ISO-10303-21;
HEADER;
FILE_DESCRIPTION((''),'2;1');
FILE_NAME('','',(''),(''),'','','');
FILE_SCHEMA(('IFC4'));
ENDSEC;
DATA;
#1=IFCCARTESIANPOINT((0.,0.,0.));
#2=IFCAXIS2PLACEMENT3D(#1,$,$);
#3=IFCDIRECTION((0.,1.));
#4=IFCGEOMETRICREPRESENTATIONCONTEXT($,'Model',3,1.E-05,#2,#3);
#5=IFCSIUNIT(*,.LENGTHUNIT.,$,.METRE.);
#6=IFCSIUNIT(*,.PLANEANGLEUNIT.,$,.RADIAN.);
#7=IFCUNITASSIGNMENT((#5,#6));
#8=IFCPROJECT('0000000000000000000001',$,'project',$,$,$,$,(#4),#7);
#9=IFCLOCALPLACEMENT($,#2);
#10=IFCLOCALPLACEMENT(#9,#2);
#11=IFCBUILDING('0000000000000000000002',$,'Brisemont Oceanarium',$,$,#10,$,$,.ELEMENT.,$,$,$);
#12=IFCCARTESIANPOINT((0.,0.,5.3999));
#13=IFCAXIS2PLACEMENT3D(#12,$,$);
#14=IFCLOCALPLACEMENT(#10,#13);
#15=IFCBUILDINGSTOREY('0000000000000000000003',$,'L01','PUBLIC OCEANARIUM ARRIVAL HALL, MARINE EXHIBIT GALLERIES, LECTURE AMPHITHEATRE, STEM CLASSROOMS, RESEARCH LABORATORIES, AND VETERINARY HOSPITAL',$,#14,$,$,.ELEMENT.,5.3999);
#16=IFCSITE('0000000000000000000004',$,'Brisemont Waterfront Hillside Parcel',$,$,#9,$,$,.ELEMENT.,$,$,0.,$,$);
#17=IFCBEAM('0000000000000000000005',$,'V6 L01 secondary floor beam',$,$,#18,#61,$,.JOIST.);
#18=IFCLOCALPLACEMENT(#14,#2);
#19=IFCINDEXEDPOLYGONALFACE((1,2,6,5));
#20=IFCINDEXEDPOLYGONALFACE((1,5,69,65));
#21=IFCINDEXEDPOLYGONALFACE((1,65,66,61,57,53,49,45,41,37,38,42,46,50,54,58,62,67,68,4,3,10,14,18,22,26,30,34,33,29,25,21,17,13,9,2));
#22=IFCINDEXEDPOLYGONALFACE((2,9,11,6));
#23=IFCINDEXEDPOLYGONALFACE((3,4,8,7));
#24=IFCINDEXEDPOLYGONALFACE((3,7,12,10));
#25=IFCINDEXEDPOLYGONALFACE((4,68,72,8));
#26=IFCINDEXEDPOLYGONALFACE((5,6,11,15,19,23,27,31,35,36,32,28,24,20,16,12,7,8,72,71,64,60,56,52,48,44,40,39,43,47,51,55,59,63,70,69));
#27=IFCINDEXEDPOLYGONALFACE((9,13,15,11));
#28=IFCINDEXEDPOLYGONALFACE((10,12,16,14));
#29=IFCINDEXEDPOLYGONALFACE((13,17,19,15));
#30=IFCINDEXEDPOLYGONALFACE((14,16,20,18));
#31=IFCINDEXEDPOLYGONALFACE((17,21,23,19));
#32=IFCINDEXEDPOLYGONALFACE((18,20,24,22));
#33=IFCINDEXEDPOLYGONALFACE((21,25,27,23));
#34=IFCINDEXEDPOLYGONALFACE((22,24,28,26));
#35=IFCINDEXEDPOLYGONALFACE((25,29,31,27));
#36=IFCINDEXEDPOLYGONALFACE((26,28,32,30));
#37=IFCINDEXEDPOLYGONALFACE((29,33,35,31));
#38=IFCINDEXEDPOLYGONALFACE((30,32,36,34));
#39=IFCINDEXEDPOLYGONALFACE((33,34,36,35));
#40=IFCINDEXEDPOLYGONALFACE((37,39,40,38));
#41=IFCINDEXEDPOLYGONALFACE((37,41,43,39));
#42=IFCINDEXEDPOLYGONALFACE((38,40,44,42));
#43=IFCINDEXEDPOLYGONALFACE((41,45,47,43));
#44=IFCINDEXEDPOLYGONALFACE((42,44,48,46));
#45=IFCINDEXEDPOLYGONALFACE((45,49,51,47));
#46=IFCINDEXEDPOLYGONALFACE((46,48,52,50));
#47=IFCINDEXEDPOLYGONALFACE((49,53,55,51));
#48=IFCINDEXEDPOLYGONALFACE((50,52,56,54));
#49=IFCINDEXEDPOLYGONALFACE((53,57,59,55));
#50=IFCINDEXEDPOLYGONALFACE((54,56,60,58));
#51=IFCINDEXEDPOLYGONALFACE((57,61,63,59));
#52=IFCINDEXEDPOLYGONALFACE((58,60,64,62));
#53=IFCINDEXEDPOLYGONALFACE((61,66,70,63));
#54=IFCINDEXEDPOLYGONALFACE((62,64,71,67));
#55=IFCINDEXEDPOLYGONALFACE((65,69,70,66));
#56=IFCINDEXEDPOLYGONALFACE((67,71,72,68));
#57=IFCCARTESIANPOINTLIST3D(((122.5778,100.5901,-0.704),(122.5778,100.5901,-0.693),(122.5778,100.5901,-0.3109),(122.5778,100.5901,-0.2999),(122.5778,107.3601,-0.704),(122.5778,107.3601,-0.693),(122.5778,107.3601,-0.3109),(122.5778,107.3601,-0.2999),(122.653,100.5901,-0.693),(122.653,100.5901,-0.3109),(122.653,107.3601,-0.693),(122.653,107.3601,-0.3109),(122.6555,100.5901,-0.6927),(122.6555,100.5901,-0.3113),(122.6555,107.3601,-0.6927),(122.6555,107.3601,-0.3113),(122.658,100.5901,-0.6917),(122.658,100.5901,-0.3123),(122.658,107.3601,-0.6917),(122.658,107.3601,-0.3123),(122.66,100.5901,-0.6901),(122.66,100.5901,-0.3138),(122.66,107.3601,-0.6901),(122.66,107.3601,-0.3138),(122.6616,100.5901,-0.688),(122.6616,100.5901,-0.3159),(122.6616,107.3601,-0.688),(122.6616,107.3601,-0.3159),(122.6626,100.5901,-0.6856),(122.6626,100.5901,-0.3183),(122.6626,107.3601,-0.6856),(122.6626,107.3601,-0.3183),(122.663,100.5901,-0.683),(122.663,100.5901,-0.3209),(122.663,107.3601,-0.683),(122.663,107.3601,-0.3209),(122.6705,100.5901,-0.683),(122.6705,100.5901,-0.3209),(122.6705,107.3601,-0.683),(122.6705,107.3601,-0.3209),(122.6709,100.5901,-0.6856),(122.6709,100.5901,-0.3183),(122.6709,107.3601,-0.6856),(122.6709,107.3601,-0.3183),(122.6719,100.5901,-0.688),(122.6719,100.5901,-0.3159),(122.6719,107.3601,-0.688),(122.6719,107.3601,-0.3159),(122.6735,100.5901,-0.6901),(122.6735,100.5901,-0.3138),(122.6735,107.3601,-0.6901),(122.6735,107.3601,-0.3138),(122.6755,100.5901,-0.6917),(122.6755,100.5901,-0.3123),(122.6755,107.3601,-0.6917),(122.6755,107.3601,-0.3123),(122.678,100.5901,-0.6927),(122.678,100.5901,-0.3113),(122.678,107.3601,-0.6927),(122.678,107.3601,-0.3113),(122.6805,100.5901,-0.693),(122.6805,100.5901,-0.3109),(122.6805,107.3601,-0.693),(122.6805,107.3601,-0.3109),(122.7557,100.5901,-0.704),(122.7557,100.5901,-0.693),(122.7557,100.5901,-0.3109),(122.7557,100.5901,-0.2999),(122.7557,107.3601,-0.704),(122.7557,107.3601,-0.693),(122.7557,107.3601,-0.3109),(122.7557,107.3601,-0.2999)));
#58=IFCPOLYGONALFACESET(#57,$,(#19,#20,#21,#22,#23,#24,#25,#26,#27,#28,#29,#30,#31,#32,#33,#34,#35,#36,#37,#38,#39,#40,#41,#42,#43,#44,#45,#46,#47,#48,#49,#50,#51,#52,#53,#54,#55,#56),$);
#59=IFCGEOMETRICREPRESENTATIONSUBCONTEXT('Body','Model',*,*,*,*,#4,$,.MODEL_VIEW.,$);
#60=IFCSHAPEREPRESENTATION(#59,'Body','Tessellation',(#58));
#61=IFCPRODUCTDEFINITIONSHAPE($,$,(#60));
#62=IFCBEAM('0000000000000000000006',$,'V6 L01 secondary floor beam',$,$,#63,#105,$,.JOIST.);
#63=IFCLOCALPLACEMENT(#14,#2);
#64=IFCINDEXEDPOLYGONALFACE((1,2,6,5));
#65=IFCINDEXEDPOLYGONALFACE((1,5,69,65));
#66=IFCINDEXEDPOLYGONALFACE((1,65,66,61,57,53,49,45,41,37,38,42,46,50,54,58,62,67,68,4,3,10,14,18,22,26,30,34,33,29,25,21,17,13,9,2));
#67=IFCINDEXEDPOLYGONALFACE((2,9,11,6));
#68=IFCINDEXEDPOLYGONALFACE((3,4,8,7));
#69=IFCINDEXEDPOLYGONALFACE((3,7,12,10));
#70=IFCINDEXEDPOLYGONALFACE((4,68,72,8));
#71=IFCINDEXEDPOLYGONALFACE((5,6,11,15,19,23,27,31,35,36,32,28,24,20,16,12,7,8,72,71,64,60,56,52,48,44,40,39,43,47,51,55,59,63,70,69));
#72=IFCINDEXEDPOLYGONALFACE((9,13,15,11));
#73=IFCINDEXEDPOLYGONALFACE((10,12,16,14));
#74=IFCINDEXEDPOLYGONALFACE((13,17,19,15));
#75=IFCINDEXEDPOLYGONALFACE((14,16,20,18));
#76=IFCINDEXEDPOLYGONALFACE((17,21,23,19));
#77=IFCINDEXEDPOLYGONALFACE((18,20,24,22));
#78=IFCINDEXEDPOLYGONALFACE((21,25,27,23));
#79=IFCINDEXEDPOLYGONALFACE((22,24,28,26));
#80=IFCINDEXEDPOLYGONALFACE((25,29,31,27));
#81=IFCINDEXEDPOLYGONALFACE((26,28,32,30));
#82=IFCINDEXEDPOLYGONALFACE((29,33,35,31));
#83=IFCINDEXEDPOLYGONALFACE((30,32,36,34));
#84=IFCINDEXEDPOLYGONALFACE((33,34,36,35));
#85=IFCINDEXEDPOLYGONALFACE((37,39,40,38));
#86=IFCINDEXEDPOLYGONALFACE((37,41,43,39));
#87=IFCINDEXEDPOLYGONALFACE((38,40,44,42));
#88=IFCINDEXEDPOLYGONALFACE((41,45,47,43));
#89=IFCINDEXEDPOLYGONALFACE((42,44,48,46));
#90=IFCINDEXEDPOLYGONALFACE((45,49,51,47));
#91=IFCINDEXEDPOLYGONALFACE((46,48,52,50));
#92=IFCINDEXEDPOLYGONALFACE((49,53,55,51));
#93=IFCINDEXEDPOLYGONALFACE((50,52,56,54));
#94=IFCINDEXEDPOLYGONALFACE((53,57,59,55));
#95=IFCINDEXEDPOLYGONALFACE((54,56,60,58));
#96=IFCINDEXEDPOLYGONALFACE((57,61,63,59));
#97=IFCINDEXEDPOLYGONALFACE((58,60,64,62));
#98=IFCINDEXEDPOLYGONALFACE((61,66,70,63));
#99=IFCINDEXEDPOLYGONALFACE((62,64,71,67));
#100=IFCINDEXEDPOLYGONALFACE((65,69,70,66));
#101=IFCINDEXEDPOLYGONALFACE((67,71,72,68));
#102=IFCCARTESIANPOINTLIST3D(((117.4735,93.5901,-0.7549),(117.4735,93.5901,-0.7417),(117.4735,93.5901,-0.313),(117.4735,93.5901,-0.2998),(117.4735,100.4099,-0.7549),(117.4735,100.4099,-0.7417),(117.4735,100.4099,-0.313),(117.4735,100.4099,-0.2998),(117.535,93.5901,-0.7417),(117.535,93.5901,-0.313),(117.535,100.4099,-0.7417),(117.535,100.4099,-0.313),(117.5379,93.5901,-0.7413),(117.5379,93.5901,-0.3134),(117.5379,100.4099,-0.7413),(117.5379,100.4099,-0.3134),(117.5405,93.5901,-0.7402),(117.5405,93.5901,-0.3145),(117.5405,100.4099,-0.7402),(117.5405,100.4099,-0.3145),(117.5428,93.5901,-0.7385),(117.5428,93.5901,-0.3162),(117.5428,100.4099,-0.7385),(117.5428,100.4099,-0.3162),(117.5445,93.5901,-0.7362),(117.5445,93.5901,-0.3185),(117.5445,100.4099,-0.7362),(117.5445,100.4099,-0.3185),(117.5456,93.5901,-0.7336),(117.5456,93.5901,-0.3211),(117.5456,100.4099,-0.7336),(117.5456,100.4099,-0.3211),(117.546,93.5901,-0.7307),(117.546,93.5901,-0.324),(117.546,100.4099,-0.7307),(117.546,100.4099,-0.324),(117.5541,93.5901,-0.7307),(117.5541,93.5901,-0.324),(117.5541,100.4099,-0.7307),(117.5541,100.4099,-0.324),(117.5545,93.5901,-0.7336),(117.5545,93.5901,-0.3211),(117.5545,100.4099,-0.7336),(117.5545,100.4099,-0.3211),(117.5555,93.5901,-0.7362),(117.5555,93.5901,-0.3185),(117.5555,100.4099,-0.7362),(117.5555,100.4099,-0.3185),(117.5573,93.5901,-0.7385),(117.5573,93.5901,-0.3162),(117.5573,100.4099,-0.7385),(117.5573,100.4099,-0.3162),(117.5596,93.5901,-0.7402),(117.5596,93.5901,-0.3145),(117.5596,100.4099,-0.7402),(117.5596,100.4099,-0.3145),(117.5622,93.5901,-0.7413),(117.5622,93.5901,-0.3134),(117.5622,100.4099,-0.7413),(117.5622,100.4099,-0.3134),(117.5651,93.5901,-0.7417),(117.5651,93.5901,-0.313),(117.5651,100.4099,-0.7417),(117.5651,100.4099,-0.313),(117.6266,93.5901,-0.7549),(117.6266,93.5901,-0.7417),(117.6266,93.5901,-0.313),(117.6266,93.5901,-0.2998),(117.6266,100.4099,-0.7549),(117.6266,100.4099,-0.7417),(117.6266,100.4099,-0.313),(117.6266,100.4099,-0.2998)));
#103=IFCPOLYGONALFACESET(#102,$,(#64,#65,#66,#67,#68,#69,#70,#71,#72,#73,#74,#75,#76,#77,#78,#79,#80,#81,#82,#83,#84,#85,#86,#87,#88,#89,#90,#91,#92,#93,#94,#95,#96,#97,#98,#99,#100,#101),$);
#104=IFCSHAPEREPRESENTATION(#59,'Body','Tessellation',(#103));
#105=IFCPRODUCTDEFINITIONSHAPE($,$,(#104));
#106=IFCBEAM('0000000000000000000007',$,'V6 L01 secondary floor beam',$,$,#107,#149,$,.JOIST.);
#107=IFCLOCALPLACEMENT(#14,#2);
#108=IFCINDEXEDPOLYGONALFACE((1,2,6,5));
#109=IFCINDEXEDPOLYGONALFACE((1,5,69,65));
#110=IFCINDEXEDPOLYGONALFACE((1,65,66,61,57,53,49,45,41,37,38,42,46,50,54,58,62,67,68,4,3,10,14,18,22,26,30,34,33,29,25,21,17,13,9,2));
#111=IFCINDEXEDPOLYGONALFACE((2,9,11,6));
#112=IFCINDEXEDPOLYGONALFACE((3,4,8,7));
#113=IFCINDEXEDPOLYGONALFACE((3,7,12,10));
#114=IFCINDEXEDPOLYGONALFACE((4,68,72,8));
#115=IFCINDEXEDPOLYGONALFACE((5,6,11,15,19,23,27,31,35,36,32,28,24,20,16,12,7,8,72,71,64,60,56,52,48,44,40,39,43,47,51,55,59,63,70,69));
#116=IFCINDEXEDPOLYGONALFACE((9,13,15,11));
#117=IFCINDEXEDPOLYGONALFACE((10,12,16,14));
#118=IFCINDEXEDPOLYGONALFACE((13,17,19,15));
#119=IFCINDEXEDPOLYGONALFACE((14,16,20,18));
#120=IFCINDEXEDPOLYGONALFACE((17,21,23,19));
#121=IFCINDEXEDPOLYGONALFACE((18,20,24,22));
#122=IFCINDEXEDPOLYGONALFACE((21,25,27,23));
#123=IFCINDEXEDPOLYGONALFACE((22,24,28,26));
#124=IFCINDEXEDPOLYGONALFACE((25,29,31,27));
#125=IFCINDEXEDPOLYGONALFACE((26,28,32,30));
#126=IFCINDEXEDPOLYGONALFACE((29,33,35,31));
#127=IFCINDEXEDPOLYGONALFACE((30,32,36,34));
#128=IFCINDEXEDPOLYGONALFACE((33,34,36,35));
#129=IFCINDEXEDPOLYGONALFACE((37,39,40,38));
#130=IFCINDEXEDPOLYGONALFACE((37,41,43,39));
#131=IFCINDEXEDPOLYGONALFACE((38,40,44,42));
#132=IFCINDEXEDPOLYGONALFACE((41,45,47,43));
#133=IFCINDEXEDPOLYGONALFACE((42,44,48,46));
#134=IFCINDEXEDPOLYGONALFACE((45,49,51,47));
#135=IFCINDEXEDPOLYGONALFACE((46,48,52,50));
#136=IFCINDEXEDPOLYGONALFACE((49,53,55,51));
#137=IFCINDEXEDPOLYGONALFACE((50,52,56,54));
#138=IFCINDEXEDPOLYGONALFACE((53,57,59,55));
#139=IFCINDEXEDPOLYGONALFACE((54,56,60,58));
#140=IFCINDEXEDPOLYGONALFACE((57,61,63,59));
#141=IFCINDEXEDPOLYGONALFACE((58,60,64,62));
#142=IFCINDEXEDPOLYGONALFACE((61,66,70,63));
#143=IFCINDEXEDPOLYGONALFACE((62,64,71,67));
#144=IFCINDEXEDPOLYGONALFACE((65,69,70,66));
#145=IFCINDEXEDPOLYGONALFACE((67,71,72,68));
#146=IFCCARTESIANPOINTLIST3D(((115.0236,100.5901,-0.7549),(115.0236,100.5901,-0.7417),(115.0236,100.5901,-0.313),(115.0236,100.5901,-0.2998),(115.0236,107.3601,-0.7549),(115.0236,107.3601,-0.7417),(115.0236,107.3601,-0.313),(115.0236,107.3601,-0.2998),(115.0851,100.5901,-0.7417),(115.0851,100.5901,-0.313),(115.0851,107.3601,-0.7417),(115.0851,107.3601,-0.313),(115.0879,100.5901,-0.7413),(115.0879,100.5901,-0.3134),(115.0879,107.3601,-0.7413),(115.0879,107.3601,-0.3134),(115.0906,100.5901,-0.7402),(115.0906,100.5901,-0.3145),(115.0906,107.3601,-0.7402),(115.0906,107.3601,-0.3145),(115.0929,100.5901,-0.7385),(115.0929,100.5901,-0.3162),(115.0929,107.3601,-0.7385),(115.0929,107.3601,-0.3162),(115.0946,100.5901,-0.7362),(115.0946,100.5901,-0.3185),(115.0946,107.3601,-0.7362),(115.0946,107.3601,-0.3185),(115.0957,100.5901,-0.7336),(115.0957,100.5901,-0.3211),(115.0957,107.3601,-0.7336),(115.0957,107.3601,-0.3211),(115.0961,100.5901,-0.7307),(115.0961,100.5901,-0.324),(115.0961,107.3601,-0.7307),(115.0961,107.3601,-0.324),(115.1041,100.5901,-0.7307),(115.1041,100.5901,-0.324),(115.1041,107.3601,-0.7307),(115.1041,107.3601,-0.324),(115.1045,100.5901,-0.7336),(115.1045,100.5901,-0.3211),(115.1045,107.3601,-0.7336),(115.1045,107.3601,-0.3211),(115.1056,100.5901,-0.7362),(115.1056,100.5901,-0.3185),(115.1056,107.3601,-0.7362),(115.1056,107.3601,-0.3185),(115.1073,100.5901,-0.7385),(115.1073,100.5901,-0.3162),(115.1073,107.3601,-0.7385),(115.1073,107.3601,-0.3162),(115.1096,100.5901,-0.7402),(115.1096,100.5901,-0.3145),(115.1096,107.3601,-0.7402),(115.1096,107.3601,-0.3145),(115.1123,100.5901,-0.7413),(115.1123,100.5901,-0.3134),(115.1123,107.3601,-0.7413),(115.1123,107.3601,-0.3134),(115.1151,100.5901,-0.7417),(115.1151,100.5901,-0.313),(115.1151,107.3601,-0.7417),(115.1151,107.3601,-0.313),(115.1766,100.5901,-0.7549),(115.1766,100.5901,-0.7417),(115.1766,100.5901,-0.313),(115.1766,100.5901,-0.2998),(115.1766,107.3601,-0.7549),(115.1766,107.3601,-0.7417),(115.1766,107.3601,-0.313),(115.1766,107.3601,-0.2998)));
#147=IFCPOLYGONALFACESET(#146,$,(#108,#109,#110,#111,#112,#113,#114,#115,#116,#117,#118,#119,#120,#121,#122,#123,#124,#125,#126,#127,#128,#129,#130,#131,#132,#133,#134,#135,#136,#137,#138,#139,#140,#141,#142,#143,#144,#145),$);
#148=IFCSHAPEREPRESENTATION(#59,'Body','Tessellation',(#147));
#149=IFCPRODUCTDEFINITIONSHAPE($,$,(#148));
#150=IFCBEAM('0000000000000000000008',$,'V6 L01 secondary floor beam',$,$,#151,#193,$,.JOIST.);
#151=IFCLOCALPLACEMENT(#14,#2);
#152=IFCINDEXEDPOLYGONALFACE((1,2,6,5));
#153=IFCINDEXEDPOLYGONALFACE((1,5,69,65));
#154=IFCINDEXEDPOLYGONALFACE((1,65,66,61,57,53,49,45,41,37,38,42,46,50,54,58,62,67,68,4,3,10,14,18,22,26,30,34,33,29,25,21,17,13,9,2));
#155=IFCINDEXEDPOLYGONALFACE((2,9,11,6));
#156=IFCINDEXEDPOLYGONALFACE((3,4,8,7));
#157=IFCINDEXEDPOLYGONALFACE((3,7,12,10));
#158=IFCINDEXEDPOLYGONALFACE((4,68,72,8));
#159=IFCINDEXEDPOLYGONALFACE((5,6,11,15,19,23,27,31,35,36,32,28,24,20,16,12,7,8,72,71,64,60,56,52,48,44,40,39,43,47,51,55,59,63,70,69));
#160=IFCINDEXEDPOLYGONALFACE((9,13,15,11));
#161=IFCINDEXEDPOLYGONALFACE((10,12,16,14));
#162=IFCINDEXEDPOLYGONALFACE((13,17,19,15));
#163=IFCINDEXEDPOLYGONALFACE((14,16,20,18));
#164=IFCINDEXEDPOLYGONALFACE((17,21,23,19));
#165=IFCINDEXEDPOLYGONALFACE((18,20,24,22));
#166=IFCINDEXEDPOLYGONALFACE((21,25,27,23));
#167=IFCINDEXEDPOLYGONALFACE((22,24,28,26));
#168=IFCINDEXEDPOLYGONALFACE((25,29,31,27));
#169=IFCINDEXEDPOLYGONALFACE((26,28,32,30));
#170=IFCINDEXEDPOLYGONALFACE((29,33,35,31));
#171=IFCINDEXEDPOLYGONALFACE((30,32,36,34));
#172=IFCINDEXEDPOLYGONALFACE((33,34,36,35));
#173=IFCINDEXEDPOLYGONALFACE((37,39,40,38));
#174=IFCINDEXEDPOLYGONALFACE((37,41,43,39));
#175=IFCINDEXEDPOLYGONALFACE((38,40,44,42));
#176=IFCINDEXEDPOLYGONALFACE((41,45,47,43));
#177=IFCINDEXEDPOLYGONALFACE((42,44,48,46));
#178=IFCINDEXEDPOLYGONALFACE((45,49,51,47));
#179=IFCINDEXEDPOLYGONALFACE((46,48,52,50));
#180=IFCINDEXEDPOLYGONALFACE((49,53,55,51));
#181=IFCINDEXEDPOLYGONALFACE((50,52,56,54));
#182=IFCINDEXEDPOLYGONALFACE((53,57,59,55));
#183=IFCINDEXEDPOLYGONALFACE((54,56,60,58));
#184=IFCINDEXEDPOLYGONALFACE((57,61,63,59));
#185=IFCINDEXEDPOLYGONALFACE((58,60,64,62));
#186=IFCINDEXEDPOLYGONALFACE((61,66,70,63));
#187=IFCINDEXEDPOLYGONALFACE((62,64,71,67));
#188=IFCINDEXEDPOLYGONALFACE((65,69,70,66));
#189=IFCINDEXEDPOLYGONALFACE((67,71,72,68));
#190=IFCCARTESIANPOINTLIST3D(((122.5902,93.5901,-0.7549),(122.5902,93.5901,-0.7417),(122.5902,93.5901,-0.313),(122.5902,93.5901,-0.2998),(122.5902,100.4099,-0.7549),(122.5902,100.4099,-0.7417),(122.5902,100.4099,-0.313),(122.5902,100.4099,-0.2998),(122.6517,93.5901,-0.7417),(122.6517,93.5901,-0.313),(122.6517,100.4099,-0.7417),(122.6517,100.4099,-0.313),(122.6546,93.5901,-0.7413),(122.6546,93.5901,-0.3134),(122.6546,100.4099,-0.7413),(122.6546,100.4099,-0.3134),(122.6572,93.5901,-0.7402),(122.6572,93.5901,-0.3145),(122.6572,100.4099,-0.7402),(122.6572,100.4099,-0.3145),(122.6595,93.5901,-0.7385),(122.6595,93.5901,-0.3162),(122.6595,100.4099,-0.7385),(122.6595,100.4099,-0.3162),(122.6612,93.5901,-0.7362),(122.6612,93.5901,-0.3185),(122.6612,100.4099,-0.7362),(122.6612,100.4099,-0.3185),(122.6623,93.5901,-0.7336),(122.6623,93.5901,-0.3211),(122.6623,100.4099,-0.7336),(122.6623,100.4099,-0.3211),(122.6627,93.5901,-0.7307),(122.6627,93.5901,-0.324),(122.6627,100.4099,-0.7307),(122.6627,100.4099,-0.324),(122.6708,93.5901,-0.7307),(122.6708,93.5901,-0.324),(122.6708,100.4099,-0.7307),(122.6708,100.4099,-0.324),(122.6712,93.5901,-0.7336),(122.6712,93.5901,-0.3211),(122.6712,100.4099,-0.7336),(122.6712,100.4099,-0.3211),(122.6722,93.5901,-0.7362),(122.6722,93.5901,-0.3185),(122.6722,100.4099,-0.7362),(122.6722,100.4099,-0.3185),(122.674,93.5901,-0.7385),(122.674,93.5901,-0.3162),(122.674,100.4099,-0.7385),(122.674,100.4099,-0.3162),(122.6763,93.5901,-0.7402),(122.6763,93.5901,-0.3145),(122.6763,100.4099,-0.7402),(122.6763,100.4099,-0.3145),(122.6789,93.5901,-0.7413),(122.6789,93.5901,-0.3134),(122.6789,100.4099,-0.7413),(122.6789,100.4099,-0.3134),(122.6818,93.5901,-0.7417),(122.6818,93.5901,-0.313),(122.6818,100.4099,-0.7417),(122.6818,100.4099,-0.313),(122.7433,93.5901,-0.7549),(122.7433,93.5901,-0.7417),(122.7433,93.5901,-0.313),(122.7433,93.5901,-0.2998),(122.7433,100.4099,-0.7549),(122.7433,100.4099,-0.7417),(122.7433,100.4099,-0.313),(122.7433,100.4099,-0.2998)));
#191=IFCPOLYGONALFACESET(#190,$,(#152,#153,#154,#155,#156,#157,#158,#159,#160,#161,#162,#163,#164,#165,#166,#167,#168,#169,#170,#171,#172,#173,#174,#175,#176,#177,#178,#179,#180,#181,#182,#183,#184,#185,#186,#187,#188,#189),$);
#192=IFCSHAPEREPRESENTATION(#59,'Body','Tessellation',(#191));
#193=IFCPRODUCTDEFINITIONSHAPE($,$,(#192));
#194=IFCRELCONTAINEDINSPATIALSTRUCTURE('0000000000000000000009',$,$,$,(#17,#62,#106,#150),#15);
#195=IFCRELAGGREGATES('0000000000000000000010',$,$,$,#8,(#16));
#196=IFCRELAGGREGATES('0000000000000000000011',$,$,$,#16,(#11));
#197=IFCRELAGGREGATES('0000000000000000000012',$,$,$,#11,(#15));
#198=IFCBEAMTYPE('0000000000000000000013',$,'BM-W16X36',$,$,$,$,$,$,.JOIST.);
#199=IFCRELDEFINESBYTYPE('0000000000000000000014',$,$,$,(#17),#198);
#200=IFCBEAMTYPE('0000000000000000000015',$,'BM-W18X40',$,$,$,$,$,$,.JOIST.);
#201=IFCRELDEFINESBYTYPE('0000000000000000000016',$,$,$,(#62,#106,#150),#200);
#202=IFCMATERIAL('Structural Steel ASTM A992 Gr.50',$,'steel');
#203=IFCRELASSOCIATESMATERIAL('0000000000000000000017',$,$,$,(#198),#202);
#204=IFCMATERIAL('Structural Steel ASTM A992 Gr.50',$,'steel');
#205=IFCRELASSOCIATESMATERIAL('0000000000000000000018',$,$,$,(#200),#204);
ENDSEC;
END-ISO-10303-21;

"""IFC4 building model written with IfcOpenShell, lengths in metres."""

from ifc_helpers import new_model, si_unit, direction, frame, origin, origin_2d, place, context, subcontext, project, spatial, i_section, extrude, material, material_profile, profile_set, type_object, element, save


model = new_model("IFC4")

# Units and contexts
model_context = context("Model", 3, precision=1e-05, world=origin(), true_north=direction((0.0, 1.0)))
body_context = subcontext(model_context, "Body", "Model", "MODEL_VIEW")
ifc_project = project(units=[si_unit("LENGTHUNIT", "METRE"), si_unit("PLANEANGLEUNIT", "RADIAN")], contexts=[model_context])

# Site, building, storey
site_placement = place(None, origin())
site = spatial("IfcSite", under=ifc_project, at=site_placement, Name="Brisemont Waterfront Hillside Parcel", CompositionType="ELEMENT", RefElevation=0.0)
building_placement = place(site_placement, origin())
building = spatial("IfcBuilding", under=site, at=building_placement, Name="Brisemont Oceanarium", CompositionType="ELEMENT")
storey_placement = place(building_placement, frame((0.0, 0.0, 5.3999)))
storey = spatial("IfcBuildingStorey", under=building, at=storey_placement, Name="L01", Description="PUBLIC OCEANARIUM ARRIVAL HALL, MARINE EXHIBIT GALLERIES, LECTURE AMPHITHEATRE, STEM CLASSROOMS, RESEARCH LABORATORIES, AND VETERINARY HOSPITAL", CompositionType="ELEMENT", Elevation=5.3999)

# Beams
ifc_material_1 = material(Name="Structural Steel ASTM A992 Gr.50", Category="steel")
ifc_material_profile_1 = material_profile(ifc_material_1, i_section(OverallWidth=0.178, OverallDepth=0.4041, WebThickness=0.0076, FlangeThickness=0.011, FilletRadius=0.01, at=origin_2d()), Name="W16X36")
ifc_profile_set_1 = profile_set([ifc_material_profile_1], Name="Structural Steel ASTM A992 Gr.50")
beam_type_1 = type_object("IfcBeamType", Name="BM-W16X36", PredefinedType="JOIST", material=ifc_profile_set_1)
for number, where, z_axis, x_axis, name in (
    (1, (122.6667, 100.5901, -0.502), (0.0, 1.0, 0.0), (-1.0, 0.0, 0.0), "V6 L01 secondary floor beam"),
):
    element("IfcBeam", number, at=place(storey_placement, frame(where, z_axis=z_axis, x_axis=x_axis)), inside=storey, type_object=beam_type_1, Name=name, PredefinedType="JOIST", context=body_context, shape_type="SweptSolid", body=[
        extrude(i_section(OverallWidth=0.178, OverallDepth=0.4041, WebThickness=0.0076, FlangeThickness=0.011, FilletRadius=0.01, at=origin_2d()), origin(), (0.0, 0.0, 1.0), 6.77),
    ])
ifc_material_2 = material(Name="Structural Steel ASTM A992 Gr.50", Category="steel")
ifc_material_profile_2 = material_profile(ifc_material_2, i_section(OverallWidth=0.1531, OverallDepth=0.4551, WebThickness=0.0081, FlangeThickness=0.0132, FilletRadius=0.011, at=origin_2d()), Name="W18X40")
ifc_profile_set_2 = profile_set([ifc_material_profile_2], Name="Structural Steel ASTM A992 Gr.50")
beam_type_2 = type_object("IfcBeamType", Name="BM-W18X40", PredefinedType="JOIST", material=ifc_profile_set_2)
beam_1_placement = place(storey_placement, frame((117.55, 93.5901, -0.5273), z_axis=(0.0, 1.0, 0.0), x_axis=(-1.0, 0.0, 0.0)))
element("IfcBeam", 2, at=beam_1_placement, inside=storey, type_object=beam_type_2, Name="V6 L01 secondary floor beam", PredefinedType="JOIST", context=body_context, shape_type="SweptSolid", body=[
    extrude(i_section(OverallWidth=0.1531, OverallDepth=0.4551, WebThickness=0.0081, FlangeThickness=0.0132, FilletRadius=0.011, at=origin_2d()), origin(), (0.0, 0.0, 1.0), 6.8198),
])
beam_2_placement = place(storey_placement, frame((115.1001, 100.5901, -0.5273), z_axis=(0.0, 1.0, 0.0), x_axis=(-1.0, 0.0, 0.0)))
element("IfcBeam", 3, at=beam_2_placement, inside=storey, type_object=beam_type_2, Name="V6 L01 secondary floor beam", PredefinedType="JOIST", context=body_context, shape_type="SweptSolid", body=[
    extrude(i_section(OverallWidth=0.1531, OverallDepth=0.4551, WebThickness=0.0081, FlangeThickness=0.0132, FilletRadius=0.011, at=origin_2d()), origin(), (0.0, 0.0, 1.0), 6.77),
])
beam_3_placement = place(storey_placement, frame((122.6667, 93.5901, -0.5273), z_axis=(0.0, 1.0, 0.0), x_axis=(-1.0, 0.0, 0.0)))
element("IfcBeam", 4, at=beam_3_placement, inside=storey, type_object=beam_type_2, Name="V6 L01 secondary floor beam", PredefinedType="JOIST", context=body_context, shape_type="SweptSolid", body=[
    extrude(i_section(OverallWidth=0.1531, OverallDepth=0.4551, WebThickness=0.0081, FlangeThickness=0.0132, FilletRadius=0.011, at=origin_2d()), origin(), (0.0, 0.0, 1.0), 6.8198),
])

save(model, "model.ifc")
